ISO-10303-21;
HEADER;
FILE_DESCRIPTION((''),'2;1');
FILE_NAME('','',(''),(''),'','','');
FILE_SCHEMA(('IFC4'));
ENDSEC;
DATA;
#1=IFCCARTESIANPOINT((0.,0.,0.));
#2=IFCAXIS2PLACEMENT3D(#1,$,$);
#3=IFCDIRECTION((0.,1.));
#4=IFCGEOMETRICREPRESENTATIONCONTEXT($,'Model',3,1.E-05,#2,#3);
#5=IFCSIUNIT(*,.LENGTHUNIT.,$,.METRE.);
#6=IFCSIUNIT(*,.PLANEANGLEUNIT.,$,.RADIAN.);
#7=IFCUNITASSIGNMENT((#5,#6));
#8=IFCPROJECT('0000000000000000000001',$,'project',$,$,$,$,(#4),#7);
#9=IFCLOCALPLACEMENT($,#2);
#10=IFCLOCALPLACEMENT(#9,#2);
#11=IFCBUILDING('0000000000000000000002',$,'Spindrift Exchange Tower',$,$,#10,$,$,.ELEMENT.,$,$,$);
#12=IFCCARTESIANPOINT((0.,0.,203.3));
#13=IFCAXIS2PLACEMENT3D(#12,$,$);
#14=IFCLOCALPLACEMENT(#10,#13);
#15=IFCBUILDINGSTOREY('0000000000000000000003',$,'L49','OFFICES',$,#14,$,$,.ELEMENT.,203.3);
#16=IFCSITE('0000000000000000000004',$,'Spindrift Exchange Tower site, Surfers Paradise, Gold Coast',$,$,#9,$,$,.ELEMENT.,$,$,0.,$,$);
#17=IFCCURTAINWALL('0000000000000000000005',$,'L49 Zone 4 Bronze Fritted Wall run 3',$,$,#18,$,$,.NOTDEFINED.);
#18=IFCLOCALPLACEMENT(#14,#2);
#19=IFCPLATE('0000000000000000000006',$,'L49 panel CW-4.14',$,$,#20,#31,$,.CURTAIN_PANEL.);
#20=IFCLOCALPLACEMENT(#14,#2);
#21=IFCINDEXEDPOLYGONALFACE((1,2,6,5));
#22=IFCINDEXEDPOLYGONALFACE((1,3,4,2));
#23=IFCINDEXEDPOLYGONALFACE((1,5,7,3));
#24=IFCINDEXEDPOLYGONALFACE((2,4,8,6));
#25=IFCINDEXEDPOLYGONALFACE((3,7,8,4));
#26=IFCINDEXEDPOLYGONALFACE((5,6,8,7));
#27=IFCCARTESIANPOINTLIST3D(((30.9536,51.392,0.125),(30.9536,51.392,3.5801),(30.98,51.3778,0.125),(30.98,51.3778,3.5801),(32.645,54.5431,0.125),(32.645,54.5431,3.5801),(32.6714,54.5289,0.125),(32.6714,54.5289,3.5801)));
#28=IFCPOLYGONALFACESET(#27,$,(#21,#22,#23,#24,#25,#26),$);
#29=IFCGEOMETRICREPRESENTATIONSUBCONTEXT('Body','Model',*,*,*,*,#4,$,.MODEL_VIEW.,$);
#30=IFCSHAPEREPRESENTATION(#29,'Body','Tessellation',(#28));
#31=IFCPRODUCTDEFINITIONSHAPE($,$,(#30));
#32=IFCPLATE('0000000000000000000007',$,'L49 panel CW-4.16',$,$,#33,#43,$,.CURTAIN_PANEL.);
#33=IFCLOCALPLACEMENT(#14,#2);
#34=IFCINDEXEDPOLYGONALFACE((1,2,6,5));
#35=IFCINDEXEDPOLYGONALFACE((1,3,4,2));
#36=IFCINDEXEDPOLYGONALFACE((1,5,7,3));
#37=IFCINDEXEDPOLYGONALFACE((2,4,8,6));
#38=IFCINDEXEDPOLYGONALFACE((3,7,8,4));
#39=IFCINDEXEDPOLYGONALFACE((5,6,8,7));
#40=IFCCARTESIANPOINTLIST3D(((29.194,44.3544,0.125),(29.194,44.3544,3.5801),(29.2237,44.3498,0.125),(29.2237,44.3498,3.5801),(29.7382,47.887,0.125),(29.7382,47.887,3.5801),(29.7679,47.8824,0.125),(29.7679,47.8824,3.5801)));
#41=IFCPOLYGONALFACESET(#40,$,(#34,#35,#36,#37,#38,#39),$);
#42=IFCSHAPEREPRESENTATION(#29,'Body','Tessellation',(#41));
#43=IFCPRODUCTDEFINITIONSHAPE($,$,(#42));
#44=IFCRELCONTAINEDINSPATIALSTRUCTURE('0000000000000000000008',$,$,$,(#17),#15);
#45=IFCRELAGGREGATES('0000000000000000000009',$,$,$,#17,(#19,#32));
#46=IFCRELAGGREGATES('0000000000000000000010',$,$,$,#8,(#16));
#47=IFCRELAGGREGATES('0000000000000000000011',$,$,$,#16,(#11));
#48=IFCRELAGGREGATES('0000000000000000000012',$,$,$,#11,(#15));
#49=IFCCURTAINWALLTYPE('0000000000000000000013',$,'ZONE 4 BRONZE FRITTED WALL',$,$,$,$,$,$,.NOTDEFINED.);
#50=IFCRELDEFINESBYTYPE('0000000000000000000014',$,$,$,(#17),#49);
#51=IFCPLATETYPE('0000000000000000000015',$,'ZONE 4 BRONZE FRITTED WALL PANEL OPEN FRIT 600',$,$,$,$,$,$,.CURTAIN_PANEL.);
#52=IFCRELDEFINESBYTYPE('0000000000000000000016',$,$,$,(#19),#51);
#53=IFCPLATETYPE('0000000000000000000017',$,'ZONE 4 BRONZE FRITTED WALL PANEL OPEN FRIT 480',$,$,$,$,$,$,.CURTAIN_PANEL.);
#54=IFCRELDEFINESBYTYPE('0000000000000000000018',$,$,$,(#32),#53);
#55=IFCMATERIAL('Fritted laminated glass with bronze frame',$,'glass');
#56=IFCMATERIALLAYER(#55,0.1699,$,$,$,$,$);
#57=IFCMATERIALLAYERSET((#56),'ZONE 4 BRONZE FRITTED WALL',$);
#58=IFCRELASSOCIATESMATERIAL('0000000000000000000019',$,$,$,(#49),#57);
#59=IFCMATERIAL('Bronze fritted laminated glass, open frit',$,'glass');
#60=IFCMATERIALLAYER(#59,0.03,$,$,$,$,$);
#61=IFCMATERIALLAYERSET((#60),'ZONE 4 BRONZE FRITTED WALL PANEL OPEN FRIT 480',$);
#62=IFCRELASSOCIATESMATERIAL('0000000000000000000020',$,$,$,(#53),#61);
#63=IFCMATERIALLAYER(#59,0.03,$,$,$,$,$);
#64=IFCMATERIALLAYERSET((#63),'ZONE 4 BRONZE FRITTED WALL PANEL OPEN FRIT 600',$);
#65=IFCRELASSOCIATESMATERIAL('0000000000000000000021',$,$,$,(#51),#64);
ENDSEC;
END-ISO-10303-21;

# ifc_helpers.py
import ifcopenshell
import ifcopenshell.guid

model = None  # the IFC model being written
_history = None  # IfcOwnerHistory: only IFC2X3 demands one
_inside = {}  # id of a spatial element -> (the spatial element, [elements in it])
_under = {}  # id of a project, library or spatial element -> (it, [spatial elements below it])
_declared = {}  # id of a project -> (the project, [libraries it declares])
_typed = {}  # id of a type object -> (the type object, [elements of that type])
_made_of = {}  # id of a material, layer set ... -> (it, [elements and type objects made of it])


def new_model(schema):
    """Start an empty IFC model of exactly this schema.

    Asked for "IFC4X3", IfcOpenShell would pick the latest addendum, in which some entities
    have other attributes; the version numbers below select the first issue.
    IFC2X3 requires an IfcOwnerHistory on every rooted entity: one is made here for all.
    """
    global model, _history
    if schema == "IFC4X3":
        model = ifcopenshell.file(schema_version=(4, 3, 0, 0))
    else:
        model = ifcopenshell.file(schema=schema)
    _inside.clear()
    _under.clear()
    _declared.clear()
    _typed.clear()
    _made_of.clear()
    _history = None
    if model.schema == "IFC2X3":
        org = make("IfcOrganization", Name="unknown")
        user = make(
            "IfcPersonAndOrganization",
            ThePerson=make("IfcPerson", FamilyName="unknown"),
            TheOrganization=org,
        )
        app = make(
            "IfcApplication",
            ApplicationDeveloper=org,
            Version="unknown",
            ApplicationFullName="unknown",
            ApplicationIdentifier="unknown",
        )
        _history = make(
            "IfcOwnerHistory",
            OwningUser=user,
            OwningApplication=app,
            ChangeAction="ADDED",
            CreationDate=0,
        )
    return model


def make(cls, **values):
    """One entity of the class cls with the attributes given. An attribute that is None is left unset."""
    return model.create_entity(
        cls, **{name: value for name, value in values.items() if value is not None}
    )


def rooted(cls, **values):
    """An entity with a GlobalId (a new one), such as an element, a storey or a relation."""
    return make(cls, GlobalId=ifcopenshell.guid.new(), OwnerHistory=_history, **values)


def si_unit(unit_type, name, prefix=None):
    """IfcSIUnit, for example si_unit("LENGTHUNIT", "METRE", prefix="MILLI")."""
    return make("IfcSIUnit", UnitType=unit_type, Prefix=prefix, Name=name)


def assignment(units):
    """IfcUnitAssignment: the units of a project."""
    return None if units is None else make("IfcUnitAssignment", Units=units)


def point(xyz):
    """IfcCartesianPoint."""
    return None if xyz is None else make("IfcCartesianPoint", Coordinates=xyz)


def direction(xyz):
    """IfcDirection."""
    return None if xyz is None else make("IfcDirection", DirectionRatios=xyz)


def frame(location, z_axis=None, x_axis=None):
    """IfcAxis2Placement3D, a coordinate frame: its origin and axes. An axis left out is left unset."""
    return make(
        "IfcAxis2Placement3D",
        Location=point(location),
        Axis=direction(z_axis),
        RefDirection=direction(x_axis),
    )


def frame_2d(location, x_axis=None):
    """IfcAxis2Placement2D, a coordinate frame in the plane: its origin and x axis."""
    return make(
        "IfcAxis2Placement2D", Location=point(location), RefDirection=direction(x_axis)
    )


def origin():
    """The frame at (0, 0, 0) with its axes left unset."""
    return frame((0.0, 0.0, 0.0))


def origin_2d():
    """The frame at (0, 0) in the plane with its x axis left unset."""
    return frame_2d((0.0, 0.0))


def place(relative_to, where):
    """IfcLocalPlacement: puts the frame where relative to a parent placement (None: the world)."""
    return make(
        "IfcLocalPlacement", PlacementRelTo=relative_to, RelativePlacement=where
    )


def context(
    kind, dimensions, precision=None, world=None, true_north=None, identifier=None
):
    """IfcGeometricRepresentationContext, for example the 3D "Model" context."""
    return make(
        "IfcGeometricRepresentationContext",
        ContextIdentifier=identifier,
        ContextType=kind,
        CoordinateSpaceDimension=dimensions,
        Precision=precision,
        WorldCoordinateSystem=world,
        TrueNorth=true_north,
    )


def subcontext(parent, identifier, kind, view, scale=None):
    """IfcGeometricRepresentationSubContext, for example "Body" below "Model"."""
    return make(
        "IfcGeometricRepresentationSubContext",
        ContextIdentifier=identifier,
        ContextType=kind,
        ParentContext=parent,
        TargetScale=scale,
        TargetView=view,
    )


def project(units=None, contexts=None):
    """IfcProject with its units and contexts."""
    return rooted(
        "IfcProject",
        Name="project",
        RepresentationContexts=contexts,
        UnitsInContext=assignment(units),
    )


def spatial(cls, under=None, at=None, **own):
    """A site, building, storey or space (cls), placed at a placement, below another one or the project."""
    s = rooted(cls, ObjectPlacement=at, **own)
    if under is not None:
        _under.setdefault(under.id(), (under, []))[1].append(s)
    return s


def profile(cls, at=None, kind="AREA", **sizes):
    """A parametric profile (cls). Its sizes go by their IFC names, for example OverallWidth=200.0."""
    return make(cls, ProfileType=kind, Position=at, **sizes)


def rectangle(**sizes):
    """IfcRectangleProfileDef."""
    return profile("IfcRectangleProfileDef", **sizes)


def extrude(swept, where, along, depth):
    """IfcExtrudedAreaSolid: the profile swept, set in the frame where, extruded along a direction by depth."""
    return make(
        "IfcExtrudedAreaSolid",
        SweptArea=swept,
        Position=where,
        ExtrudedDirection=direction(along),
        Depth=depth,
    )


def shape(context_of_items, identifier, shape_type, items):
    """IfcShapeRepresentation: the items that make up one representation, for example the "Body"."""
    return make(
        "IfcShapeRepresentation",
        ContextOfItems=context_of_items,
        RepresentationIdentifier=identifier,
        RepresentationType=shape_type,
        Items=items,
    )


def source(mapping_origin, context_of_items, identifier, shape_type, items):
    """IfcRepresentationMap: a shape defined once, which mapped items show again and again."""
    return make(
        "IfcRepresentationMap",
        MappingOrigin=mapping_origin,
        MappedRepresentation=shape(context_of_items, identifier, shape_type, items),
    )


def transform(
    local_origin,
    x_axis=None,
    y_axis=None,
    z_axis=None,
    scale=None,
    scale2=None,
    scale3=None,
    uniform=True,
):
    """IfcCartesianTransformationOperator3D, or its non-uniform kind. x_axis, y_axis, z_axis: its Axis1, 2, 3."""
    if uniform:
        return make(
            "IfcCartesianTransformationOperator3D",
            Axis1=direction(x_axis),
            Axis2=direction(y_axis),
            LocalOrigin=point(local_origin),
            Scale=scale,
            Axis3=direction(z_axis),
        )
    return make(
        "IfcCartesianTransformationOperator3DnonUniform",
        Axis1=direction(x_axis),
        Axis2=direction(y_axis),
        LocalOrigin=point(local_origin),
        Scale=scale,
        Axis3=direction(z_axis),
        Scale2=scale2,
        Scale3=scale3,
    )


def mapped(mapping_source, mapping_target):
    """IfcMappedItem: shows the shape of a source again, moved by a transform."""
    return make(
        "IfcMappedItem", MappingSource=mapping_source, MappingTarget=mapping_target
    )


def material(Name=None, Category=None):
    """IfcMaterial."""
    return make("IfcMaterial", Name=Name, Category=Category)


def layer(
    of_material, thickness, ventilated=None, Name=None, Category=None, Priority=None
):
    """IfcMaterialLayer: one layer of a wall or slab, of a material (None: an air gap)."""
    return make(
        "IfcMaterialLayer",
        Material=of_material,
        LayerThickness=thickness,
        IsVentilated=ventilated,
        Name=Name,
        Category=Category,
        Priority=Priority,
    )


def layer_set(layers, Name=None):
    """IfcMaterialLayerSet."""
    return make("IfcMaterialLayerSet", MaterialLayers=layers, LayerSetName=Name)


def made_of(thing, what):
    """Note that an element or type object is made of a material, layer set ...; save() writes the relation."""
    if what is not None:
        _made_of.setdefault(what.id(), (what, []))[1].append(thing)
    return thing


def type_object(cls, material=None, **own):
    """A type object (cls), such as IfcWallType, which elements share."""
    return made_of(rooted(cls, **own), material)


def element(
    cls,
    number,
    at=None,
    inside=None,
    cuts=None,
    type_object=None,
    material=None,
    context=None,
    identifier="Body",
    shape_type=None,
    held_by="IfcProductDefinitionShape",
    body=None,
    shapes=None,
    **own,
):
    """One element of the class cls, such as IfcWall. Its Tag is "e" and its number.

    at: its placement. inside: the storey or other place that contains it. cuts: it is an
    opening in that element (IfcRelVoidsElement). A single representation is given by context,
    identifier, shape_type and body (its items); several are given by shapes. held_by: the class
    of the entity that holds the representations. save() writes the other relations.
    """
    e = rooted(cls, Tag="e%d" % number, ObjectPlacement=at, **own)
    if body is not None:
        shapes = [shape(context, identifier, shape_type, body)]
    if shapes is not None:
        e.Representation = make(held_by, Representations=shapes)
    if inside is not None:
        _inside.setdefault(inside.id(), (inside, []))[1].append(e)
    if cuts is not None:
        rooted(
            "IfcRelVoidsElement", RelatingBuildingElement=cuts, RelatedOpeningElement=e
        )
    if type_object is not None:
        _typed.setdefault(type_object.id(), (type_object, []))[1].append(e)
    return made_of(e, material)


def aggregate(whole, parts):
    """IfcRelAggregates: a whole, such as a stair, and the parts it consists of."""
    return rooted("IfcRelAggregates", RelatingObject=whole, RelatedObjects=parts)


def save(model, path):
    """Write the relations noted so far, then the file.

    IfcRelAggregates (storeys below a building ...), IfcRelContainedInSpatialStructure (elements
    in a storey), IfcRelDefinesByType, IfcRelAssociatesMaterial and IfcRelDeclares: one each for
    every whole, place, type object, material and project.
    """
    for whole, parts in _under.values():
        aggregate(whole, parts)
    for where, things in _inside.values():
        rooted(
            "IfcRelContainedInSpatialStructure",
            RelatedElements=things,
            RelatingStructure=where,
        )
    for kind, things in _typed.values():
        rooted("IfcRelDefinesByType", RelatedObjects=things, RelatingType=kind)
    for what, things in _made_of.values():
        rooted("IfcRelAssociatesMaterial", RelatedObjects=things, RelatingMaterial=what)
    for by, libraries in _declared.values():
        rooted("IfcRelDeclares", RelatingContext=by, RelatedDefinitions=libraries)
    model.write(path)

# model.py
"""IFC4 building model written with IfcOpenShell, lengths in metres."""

from ifc_helpers import new_model, si_unit, direction, frame, origin, origin_2d, place, context, subcontext, project, spatial, rectangle, extrude, source, transform, mapped, material, layer, layer_set, type_object, element, aggregate, save


model = new_model("IFC4")

# Units and contexts
model_context = context("Model", 3, precision=1e-05, world=origin(), true_north=direction((0.0, 1.0)))
body_context = subcontext(model_context, "Body", "Model", "MODEL_VIEW")
ifc_project = project(units=[si_unit("LENGTHUNIT", "METRE"), si_unit("PLANEANGLEUNIT", "RADIAN")], contexts=[model_context])

# Site, building, storey
site_placement = place(None, origin())
site = spatial("IfcSite", under=ifc_project, at=site_placement, Name="Spindrift Exchange Tower site, Surfers Paradise, Gold Coast", CompositionType="ELEMENT", RefElevation=0.0)
building_placement = place(site_placement, origin())
building = spatial("IfcBuilding", under=site, at=building_placement, Name="Spindrift Exchange Tower", CompositionType="ELEMENT")
storey_placement = place(building_placement, frame((0.0, 0.0, 203.3)))
storey = spatial("IfcBuildingStorey", under=building, at=storey_placement, Name="L49", Description="OFFICES", CompositionType="ELEMENT", Elevation=203.3)

# Curtain wall, plates
ifc_material_1 = material(Name="Fritted laminated glass with bronze frame", Category="glass")
ifc_layer_1 = layer(ifc_material_1, 0.1699)
ifc_layer_set_1 = layer_set([ifc_layer_1], Name="ZONE 4 BRONZE FRITTED WALL")
curtain_wall_type = type_object("IfcCurtainWallType", Name="ZONE 4 BRONZE FRITTED WALL", PredefinedType="NOTDEFINED", material=ifc_layer_set_1)
curtain_wall_placement = place(storey_placement, origin())
curtain_wall = element("IfcCurtainWall", 1, at=curtain_wall_placement, inside=storey, type_object=curtain_wall_type, Name="L49 Zone 4 Bronze Fritted Wall run 3", PredefinedType="NOTDEFINED")
ifc_material_2 = material(Name="Bronze fritted laminated glass, open frit", Category="glass")
ifc_layer_2 = layer(ifc_material_2, 0.03)
ifc_layer_set_2 = layer_set([ifc_layer_2], Name="ZONE 4 BRONZE FRITTED WALL PANEL OPEN FRIT 480")
plate_type_1 = type_object("IfcPlateType", Name="ZONE 4 BRONZE FRITTED WALL PANEL OPEN FRIT 480", PredefinedType="CURTAIN_PANEL", material=ifc_layer_set_2)
ifc_layer_3 = layer(ifc_material_2, 0.03)
ifc_layer_set_3 = layer_set([ifc_layer_3], Name="ZONE 4 BRONZE FRITTED WALL PANEL OPEN FRIT 600")
plate_type_2 = type_object("IfcPlateType", Name="ZONE 4 BRONZE FRITTED WALL PANEL OPEN FRIT 600", PredefinedType="CURTAIN_PANEL", material=ifc_layer_set_3)
shared_shape_1 = source(origin(), body_context, "Body", "SweptSolid", [
    extrude(rectangle(XDim=3.5764, YDim=0.03, at=origin_2d()), origin(), (0.0, 0.0, 1.0), 3.4551),
])
plate_1_placement = place(storey_placement, frame((31.8125, 52.9604, 0.125), z_axis=(0.0, 0.0, 1.0), x_axis=(-0.472938, -0.881096, 0.0)))
plate_1 = element("IfcPlate", 2, at=plate_1_placement, type_object=plate_type_2, Name="L49 panel CW-4.14", PredefinedType="CURTAIN_PANEL", context=body_context, shape_type="MappedRepresentation", body=[
    mapped(shared_shape_1, transform((0.0, 0.0, 0.0), scale=1.0)),
])
shared_shape_2 = source(origin(), body_context, "Body", "SweptSolid", [
    extrude(rectangle(XDim=3.5742, YDim=0.03, at=origin_2d()), origin(), (0.0, 0.0, 1.0), 3.4551),
])
plate_2_placement = place(storey_placement, frame((29.481, 46.1184, 0.125), z_axis=(0.0, 0.0, 1.0), x_axis=(-0.152261, -0.98834, 0.0)))
plate_2 = element("IfcPlate", 3, at=plate_2_placement, type_object=plate_type_1, Name="L49 panel CW-4.16", PredefinedType="CURTAIN_PANEL", context=body_context, shape_type="MappedRepresentation", body=[
    mapped(shared_shape_2, transform((0.0, 0.0, 0.0), scale=1.0)),
])
aggregate(curtain_wall, [plate_1, plate_2])

save(model, "model.ifc")
